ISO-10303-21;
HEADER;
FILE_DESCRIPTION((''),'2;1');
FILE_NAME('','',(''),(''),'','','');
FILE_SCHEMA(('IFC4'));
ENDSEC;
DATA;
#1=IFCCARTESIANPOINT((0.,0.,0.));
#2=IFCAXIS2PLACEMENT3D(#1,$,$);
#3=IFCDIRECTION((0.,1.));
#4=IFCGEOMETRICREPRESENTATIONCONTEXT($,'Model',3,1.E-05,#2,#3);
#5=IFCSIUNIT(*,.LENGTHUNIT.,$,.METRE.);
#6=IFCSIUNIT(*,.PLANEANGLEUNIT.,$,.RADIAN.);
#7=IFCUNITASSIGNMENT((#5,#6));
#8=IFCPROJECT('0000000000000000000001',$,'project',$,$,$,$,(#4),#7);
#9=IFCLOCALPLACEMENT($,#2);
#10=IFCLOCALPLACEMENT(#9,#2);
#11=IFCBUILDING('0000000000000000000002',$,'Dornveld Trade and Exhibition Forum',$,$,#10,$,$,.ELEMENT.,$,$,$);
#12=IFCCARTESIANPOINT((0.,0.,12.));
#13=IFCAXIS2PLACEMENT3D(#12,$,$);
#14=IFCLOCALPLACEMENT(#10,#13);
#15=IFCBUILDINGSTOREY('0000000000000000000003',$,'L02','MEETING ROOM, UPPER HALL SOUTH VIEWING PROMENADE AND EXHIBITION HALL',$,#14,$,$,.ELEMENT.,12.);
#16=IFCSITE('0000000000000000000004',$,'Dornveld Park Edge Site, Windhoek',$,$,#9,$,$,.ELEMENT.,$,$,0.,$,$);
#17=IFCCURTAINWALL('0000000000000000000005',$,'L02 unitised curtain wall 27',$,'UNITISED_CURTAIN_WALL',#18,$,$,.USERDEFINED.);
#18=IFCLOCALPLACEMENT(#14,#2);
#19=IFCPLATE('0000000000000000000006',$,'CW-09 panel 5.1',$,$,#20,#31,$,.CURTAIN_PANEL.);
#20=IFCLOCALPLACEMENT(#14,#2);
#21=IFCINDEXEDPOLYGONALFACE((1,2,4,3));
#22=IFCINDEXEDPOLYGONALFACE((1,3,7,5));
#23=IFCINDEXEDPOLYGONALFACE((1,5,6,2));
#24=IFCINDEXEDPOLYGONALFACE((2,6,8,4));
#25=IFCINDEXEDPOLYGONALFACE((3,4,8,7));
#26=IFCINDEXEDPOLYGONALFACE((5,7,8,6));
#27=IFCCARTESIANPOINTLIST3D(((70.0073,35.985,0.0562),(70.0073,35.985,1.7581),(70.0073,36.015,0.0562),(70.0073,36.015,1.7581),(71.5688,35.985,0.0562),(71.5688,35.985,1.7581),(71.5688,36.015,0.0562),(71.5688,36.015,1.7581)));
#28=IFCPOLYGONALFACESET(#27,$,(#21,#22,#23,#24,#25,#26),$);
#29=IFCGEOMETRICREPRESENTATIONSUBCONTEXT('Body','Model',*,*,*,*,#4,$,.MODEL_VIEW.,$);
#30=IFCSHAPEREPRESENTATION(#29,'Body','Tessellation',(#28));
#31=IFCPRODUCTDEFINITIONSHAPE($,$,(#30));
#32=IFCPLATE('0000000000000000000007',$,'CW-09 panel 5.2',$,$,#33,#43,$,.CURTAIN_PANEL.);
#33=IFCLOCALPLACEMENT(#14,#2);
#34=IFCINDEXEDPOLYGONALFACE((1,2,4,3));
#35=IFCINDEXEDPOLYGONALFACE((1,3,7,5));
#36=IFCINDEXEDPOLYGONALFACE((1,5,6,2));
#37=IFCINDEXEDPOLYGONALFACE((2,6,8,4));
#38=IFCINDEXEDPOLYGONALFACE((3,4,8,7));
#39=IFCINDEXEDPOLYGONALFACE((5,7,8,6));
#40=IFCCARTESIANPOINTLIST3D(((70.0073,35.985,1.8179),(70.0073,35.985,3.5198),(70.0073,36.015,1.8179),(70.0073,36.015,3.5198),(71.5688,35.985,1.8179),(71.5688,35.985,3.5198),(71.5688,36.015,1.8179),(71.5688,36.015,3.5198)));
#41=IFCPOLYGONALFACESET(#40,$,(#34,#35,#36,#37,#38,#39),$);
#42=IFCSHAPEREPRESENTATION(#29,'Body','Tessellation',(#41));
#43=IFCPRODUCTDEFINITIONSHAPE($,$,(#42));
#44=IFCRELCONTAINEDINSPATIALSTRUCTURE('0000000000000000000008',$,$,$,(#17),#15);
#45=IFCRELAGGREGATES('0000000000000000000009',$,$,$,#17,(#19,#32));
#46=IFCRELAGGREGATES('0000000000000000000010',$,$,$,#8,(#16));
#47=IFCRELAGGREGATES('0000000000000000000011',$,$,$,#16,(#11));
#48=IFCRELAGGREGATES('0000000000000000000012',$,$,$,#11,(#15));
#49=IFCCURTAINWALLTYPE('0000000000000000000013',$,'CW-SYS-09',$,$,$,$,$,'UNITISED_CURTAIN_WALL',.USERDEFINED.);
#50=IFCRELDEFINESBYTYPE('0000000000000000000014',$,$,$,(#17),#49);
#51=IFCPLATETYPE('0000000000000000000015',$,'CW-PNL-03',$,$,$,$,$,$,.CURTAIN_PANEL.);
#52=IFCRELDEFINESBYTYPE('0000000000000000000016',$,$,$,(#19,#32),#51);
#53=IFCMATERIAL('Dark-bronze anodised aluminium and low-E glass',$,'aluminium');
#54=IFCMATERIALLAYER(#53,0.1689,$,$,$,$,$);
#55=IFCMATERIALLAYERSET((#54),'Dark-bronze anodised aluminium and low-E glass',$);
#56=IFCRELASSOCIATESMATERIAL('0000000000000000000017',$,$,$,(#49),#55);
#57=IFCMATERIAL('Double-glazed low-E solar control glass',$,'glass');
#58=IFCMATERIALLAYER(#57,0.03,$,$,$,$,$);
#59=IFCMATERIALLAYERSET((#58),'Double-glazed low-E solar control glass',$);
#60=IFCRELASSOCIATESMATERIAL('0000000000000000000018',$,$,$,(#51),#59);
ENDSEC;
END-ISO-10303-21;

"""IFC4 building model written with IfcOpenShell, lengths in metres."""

from ifc_helpers import new_model, si_unit, direction, frame, origin, origin_2d, place, context, subcontext, project, spatial, rectangle, extrude, material, layer, layer_set, type_object, element, aggregate, save


model = new_model("IFC4")

# Units and contexts
model_context = context("Model", 3, precision=1e-05, world=origin(), true_north=direction((0.0, 1.0)))
body_context = subcontext(model_context, "Body", "Model", "MODEL_VIEW")
ifc_project = project(units=[si_unit("LENGTHUNIT", "METRE"), si_unit("PLANEANGLEUNIT", "RADIAN")], contexts=[model_context])

# Site, building, storey
site_placement = place(None, origin())
site = spatial("IfcSite", under=ifc_project, at=site_placement, Name="Dornveld Park Edge Site, Windhoek", CompositionType="ELEMENT", RefElevation=0.0)
building_placement = place(site_placement, origin())
building = spatial("IfcBuilding", under=site, at=building_placement, Name="Dornveld Trade and Exhibition Forum", CompositionType="ELEMENT")
storey_placement = place(building_placement, frame((0.0, 0.0, 12.0)))
storey = spatial("IfcBuildingStorey", under=building, at=storey_placement, Name="L02", Description="MEETING ROOM, UPPER HALL SOUTH VIEWING PROMENADE AND EXHIBITION HALL", CompositionType="ELEMENT", Elevation=12.0)

# Curtain wall, plates
ifc_material_1 = material(Name="Dark-bronze anodised aluminium and low-E glass", Category="aluminium")
ifc_layer_1 = layer(ifc_material_1, 0.1689)
ifc_layer_set_1 = layer_set([ifc_layer_1], Name="Dark-bronze anodised aluminium and low-E glass")
curtain_wall_type = type_object("IfcCurtainWallType", Name="CW-SYS-09", ElementType="UNITISED_CURTAIN_WALL", PredefinedType="USERDEFINED", material=ifc_layer_set_1)
curtain_wall_placement = place(storey_placement, origin())
curtain_wall = element("IfcCurtainWall", 1, at=curtain_wall_placement, inside=storey, type_object=curtain_wall_type, Name="L02 unitised curtain wall 27", ObjectType="UNITISED_CURTAIN_WALL", PredefinedType="USERDEFINED")
ifc_material_2 = material(Name="Double-glazed low-E solar control glass", Category="glass")
ifc_layer_2 = layer(ifc_material_2, 0.03)
ifc_layer_set_2 = layer_set([ifc_layer_2], Name="Double-glazed low-E solar control glass")
plate_type = type_object("IfcPlateType", Name="CW-PNL-03", PredefinedType="CURTAIN_PANEL", material=ifc_layer_set_2)
plate_1_placement = place(storey_placement, frame((70.7881, 36.0, 0.0562), z_axis=(0.0, 0.0, 1.0), x_axis=(1.0, 0.0, 0.0)))
plate_1 = element("IfcPlate", 2, at=plate_1_placement, type_object=plate_type, Name="CW-09 panel 5.1", PredefinedType="CURTAIN_PANEL", context=body_context, shape_type="SweptSolid", body=[
    extrude(rectangle(XDim=1.5615, YDim=0.03, at=origin_2d()), origin(), (0.0, 0.0, 1.0), 1.7019),
])
plate_2_placement = place(storey_placement, frame((70.7881, 36.0, 1.8179), z_axis=(0.0, 0.0, 1.0), x_axis=(1.0, 0.0, 0.0)))
plate_2 = element("IfcPlate", 3, at=plate_2_placement, type_object=plate_type, Name="CW-09 panel 5.2", PredefinedType="CURTAIN_PANEL", context=body_context, shape_type="SweptSolid", body=[
    extrude(rectangle(XDim=1.5615, YDim=0.03, at=origin_2d()), origin(), (0.0, 0.0, 1.0), 1.7019),
])
aggregate(curtain_wall, [plate_1, plate_2])

save(model, "model.ifc")
